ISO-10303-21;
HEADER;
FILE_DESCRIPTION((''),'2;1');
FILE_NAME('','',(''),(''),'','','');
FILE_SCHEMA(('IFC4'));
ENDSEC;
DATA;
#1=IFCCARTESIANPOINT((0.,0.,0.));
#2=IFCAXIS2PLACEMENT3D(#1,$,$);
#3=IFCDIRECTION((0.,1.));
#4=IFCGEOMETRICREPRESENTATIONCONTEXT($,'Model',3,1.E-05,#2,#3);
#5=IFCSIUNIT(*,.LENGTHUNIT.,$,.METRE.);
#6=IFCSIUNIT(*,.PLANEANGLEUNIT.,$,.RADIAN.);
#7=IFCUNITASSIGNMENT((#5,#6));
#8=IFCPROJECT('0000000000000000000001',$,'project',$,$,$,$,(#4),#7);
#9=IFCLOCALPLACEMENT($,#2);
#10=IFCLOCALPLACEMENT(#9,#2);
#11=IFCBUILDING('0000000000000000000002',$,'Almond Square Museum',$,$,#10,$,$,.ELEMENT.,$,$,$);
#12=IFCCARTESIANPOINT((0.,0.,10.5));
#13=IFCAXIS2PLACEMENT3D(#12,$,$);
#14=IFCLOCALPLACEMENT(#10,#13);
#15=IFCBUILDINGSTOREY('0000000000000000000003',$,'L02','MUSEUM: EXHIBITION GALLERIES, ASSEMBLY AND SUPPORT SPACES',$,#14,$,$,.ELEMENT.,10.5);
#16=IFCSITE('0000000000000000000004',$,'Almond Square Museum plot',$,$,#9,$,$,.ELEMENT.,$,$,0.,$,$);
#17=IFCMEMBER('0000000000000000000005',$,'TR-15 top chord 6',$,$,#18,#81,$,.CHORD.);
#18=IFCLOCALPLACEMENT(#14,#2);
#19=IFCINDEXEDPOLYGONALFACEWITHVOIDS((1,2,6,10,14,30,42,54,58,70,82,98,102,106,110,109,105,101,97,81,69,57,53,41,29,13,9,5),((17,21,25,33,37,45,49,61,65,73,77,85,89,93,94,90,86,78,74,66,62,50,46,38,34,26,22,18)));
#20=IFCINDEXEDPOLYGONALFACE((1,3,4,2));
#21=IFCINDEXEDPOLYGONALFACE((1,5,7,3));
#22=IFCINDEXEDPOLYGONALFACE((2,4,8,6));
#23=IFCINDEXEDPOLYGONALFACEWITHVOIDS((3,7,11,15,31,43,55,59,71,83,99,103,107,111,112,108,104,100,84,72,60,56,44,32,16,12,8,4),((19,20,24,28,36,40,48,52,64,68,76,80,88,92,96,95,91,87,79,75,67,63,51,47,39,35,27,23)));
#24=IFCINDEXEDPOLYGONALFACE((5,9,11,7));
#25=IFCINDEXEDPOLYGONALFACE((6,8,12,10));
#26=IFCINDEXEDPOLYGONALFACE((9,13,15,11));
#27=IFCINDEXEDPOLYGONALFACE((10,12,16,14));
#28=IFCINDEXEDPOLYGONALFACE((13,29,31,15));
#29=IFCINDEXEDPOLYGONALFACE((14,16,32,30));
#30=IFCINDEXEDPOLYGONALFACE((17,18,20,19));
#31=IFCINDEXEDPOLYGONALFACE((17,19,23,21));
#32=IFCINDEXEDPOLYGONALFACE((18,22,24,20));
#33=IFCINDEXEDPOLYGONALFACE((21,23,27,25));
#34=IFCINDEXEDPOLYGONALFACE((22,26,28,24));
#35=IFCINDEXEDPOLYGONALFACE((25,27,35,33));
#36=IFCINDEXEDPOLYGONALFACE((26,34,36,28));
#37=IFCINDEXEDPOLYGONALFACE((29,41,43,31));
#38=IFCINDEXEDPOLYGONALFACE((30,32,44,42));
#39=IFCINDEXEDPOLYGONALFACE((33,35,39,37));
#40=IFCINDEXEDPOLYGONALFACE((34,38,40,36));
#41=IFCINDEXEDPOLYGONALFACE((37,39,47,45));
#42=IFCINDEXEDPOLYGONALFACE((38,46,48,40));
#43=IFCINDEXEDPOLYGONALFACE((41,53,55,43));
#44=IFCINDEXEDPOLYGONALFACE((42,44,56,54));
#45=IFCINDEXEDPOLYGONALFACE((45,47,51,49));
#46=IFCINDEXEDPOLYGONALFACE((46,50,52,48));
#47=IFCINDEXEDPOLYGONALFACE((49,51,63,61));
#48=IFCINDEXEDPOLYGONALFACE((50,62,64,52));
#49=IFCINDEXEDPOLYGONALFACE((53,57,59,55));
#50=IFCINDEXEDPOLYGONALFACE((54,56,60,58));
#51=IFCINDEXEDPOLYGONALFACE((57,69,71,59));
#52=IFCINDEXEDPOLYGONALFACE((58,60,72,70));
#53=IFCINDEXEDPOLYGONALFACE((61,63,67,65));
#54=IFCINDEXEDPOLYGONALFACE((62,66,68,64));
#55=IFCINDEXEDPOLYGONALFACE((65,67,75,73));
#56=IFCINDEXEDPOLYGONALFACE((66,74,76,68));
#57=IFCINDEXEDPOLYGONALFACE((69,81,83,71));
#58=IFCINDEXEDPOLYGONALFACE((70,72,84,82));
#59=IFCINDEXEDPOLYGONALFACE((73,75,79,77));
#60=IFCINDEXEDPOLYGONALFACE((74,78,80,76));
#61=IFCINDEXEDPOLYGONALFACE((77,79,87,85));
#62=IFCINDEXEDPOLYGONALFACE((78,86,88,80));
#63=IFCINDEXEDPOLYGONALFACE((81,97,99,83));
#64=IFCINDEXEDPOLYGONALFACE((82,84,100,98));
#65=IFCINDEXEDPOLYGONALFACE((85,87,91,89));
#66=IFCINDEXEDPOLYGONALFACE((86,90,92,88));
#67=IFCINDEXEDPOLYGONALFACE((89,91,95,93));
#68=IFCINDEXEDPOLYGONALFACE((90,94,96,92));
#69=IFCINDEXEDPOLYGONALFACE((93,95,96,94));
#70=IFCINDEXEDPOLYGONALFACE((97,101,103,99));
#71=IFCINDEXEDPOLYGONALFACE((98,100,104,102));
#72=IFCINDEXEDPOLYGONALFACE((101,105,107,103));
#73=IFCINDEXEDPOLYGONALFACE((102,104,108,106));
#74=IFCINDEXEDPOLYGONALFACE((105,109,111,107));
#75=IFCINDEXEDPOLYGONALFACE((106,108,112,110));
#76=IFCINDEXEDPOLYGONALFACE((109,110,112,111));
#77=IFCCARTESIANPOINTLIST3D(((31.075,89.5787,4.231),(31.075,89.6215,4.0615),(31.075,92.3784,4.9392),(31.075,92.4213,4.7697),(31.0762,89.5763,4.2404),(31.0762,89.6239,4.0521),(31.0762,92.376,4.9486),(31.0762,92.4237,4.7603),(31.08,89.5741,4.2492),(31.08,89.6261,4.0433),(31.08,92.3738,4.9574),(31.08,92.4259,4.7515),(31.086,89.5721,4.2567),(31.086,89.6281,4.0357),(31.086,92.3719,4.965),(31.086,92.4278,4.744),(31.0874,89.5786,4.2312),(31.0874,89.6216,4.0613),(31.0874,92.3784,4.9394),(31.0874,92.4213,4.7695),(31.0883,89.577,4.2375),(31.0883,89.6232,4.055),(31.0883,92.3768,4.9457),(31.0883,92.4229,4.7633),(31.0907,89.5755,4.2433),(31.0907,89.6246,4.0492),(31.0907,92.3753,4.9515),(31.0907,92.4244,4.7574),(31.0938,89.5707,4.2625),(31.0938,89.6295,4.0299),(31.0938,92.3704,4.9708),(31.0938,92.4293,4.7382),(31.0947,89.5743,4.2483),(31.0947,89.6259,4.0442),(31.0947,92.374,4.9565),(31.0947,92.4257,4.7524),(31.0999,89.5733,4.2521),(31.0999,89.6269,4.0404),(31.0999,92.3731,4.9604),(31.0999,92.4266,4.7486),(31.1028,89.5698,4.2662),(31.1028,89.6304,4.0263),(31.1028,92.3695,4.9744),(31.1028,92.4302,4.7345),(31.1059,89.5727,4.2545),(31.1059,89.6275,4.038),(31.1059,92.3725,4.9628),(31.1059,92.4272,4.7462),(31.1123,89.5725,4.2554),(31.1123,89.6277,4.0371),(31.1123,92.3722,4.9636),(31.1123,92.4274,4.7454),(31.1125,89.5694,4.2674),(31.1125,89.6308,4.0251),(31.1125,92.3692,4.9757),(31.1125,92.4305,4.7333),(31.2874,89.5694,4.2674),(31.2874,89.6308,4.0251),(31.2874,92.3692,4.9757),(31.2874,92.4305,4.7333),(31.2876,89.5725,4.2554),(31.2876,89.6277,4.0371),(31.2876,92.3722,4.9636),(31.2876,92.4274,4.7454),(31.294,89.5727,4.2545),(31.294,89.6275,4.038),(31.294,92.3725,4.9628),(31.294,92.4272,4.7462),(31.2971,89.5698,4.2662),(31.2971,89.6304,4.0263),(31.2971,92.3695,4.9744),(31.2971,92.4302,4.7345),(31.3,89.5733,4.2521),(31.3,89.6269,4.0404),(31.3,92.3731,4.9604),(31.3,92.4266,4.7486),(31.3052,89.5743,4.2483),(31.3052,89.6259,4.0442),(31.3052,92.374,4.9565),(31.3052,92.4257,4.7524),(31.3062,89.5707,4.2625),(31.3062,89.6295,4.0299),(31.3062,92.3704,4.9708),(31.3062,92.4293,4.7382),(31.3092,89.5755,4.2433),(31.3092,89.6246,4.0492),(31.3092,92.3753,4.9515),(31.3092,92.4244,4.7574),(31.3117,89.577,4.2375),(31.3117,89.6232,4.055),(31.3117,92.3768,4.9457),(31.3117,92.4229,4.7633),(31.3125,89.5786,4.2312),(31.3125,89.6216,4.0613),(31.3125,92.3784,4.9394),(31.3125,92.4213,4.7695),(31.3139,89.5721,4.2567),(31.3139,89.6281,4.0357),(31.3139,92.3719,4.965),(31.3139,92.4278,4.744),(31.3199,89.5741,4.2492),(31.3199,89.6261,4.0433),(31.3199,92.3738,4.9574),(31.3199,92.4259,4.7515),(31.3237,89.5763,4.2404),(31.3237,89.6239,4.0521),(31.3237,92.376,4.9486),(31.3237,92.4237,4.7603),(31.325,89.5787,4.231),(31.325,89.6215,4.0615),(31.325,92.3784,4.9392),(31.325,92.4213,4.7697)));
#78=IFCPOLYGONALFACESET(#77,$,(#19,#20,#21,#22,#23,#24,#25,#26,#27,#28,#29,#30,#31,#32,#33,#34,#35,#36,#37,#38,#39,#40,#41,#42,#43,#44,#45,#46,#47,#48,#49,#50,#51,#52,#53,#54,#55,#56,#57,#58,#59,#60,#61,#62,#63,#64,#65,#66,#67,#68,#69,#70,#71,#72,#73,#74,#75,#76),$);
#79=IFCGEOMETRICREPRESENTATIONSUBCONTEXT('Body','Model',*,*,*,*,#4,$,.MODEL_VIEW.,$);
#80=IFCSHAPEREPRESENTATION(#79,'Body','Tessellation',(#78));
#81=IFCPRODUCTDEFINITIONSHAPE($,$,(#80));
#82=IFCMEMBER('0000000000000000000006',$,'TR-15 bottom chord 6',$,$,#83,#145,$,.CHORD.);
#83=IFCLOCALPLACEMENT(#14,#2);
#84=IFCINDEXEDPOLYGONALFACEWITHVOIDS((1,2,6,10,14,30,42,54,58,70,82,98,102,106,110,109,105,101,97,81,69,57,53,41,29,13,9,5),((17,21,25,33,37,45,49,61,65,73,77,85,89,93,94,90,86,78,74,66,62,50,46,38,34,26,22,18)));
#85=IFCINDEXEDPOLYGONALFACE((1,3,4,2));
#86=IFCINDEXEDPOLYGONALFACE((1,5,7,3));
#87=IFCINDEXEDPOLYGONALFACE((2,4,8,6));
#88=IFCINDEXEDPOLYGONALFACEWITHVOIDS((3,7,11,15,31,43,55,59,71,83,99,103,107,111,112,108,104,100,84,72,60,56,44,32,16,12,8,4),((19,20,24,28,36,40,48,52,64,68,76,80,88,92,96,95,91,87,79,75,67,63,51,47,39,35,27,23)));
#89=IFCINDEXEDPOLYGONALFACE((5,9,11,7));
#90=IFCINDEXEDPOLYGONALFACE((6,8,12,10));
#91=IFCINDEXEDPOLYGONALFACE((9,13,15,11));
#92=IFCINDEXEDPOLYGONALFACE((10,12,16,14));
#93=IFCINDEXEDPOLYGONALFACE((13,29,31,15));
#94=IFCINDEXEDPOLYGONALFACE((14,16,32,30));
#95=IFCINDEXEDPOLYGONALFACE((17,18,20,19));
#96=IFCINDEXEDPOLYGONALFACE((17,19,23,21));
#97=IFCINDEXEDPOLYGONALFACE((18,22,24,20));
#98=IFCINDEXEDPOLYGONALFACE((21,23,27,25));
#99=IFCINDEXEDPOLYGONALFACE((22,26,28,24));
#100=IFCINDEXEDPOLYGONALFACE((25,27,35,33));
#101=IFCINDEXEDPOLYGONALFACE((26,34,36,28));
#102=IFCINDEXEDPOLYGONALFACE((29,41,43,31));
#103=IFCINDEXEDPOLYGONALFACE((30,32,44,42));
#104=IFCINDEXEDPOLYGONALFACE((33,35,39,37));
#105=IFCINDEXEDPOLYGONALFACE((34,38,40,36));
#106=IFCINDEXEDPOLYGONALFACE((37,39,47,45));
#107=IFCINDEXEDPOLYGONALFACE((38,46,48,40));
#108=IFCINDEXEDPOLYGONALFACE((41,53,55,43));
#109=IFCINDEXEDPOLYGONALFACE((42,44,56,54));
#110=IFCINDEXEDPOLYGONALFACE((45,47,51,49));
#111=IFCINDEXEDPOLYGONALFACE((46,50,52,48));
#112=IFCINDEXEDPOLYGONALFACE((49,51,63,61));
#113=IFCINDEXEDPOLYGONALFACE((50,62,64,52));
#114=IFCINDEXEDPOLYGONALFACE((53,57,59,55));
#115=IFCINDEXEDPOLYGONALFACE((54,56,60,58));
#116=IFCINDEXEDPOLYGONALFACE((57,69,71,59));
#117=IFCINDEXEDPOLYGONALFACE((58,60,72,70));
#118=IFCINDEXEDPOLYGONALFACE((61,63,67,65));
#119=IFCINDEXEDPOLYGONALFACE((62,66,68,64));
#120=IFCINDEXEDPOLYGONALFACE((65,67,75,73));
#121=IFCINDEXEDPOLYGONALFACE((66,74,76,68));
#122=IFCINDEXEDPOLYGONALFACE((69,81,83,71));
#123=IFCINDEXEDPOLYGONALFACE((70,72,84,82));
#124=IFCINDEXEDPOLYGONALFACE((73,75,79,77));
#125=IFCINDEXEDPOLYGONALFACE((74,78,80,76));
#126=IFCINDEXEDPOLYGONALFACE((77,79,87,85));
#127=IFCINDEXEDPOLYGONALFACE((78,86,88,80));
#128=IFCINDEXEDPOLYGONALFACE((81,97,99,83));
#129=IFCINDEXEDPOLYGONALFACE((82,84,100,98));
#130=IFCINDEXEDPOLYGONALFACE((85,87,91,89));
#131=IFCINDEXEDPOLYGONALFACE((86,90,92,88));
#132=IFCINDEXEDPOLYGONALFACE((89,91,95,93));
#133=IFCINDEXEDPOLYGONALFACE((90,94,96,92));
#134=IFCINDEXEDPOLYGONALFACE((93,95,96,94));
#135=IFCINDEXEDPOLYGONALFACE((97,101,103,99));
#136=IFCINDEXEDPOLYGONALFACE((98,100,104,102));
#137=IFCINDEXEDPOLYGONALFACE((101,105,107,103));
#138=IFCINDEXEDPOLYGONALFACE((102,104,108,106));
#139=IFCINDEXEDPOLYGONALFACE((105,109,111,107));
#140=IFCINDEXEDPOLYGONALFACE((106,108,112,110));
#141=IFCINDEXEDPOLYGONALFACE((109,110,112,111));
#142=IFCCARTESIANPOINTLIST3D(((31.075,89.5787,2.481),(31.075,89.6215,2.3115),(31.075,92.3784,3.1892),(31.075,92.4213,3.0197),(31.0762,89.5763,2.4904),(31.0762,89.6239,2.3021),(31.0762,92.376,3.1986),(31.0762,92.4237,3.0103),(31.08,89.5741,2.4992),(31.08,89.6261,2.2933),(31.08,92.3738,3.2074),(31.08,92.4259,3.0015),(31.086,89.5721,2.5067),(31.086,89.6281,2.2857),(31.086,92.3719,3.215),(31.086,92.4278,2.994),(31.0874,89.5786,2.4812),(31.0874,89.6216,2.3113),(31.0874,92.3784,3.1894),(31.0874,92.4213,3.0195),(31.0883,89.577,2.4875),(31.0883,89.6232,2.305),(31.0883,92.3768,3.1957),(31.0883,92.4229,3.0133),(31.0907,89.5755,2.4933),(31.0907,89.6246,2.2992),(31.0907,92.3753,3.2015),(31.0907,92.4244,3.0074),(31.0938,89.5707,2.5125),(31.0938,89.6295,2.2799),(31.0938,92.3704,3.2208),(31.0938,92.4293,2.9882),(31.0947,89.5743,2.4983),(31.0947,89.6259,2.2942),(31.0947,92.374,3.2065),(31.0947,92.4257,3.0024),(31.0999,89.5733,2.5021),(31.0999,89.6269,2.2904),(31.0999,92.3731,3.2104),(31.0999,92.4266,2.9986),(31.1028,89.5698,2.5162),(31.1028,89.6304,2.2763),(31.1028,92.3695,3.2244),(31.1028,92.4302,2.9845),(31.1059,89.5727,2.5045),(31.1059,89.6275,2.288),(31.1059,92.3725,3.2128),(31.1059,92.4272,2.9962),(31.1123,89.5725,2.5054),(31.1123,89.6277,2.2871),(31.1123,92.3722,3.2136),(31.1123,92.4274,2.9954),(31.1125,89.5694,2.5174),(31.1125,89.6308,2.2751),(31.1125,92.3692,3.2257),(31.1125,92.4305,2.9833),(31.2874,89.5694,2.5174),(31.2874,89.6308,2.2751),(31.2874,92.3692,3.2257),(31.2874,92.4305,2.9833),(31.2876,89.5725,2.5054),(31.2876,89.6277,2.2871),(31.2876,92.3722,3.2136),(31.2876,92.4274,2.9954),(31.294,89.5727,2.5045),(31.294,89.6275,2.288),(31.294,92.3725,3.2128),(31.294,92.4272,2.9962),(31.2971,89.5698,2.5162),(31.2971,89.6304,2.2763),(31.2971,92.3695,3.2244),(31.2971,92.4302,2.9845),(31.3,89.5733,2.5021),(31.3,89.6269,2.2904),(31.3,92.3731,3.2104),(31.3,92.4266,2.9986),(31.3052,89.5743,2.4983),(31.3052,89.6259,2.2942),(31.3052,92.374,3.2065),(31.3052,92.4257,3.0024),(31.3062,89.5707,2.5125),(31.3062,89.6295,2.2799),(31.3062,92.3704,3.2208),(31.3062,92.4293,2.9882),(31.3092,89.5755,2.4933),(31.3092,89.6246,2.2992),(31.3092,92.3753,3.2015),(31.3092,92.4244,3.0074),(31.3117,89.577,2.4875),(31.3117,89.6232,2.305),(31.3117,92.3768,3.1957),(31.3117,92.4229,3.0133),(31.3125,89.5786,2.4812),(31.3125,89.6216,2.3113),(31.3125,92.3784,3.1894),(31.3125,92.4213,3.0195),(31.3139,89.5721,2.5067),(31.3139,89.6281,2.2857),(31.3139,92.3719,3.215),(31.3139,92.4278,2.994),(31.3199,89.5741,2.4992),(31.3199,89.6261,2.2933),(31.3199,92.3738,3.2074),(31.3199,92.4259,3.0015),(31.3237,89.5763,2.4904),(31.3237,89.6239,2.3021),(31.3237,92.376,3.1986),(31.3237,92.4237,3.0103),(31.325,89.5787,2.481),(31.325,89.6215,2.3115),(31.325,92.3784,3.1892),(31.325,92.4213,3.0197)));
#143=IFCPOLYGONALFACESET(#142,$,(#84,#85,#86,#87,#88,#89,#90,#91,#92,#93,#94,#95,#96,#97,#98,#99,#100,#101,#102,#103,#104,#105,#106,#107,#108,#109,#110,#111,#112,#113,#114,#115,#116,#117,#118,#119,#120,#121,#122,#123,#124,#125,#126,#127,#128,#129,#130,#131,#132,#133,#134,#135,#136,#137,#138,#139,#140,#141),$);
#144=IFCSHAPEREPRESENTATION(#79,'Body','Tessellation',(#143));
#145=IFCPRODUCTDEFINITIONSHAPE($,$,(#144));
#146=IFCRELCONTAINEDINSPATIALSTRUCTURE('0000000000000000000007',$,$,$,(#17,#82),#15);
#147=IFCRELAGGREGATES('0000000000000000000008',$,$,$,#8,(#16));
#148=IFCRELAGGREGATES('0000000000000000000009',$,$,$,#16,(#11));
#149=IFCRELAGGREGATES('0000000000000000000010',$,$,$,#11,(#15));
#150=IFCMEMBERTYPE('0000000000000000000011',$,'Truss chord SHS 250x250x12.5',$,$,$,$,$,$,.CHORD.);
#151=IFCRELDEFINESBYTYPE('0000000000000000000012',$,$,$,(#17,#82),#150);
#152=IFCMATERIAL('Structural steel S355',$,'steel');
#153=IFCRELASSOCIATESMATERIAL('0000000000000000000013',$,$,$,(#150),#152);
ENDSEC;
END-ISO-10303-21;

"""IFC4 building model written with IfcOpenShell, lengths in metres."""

from ifc_helpers import new_model, si_unit, direction, frame, origin, origin_2d, place, context, subcontext, project, spatial, hollow_rectangle, extrude, material, material_profile, profile_set, type_object, element, save


model = new_model("IFC4")

# Units and contexts
model_context = context("Model", 3, precision=1e-05, world=origin(), true_north=direction((0.0, 1.0)))
body_context = subcontext(model_context, "Body", "Model", "MODEL_VIEW")
ifc_project = project(units=[si_unit("LENGTHUNIT", "METRE"), si_unit("PLANEANGLEUNIT", "RADIAN")], contexts=[model_context])

# Site, building, storey
site_placement = place(None, origin())
site = spatial("IfcSite", under=ifc_project, at=site_placement, Name="Almond Square Museum plot", CompositionType="ELEMENT", RefElevation=0.0)
building_placement = place(site_placement, origin())
building = spatial("IfcBuilding", under=site, at=building_placement, Name="Almond Square Museum", CompositionType="ELEMENT")
storey_placement = place(building_placement, frame((0.0, 0.0, 10.5)))
storey = spatial("IfcBuildingStorey", under=building, at=storey_placement, Name="L02", Description="MUSEUM: EXHIBITION GALLERIES, ASSEMBLY AND SUPPORT SPACES", CompositionType="ELEMENT", Elevation=10.5)

# Members
ifc_material_1 = material(Name="Structural steel S355", Category="steel")
ifc_material_profile_1 = material_profile(ifc_material_1, hollow_rectangle(XDim=0.25, YDim=0.25, WallThickness=0.0125, InnerFilletRadius=0.0249, OuterFilletRadius=0.0376, at=origin_2d()))
ifc_profile_set_1 = profile_set([ifc_material_profile_1], Name="Structural steel S355")
member_type_1 = type_object("IfcMemberType", Name="Truss chord SHS 250x250x12.5", PredefinedType="CHORD", material=ifc_profile_set_1)
for number, where, z_axis, x_axis, name in (
    (1, (31.2, 89.6001, 4.1462), (0.0, 0.969462, 0.24524), (-1.0, 0.0, 0.0), "TR-15 top chord 6"),
    (2, (31.2, 89.6001, 2.3962), (0.0, 0.969462, 0.24524), (-1.0, 0.0, 0.0), "TR-15 bottom chord 6"),
):
    element("IfcMember", number, at=place(storey_placement, frame(where, z_axis=z_axis, x_axis=x_axis)), inside=storey, type_object=member_type_1, Name=name, PredefinedType="CHORD", context=body_context, shape_type="SweptSolid", body=[
        extrude(hollow_rectangle(XDim=0.25, YDim=0.25, WallThickness=0.0125, InnerFilletRadius=0.0249, OuterFilletRadius=0.0376, at=origin_2d()), origin(), (0.0, 0.0, 1.0), 2.8879),
    ])

save(model, "model.ifc")
